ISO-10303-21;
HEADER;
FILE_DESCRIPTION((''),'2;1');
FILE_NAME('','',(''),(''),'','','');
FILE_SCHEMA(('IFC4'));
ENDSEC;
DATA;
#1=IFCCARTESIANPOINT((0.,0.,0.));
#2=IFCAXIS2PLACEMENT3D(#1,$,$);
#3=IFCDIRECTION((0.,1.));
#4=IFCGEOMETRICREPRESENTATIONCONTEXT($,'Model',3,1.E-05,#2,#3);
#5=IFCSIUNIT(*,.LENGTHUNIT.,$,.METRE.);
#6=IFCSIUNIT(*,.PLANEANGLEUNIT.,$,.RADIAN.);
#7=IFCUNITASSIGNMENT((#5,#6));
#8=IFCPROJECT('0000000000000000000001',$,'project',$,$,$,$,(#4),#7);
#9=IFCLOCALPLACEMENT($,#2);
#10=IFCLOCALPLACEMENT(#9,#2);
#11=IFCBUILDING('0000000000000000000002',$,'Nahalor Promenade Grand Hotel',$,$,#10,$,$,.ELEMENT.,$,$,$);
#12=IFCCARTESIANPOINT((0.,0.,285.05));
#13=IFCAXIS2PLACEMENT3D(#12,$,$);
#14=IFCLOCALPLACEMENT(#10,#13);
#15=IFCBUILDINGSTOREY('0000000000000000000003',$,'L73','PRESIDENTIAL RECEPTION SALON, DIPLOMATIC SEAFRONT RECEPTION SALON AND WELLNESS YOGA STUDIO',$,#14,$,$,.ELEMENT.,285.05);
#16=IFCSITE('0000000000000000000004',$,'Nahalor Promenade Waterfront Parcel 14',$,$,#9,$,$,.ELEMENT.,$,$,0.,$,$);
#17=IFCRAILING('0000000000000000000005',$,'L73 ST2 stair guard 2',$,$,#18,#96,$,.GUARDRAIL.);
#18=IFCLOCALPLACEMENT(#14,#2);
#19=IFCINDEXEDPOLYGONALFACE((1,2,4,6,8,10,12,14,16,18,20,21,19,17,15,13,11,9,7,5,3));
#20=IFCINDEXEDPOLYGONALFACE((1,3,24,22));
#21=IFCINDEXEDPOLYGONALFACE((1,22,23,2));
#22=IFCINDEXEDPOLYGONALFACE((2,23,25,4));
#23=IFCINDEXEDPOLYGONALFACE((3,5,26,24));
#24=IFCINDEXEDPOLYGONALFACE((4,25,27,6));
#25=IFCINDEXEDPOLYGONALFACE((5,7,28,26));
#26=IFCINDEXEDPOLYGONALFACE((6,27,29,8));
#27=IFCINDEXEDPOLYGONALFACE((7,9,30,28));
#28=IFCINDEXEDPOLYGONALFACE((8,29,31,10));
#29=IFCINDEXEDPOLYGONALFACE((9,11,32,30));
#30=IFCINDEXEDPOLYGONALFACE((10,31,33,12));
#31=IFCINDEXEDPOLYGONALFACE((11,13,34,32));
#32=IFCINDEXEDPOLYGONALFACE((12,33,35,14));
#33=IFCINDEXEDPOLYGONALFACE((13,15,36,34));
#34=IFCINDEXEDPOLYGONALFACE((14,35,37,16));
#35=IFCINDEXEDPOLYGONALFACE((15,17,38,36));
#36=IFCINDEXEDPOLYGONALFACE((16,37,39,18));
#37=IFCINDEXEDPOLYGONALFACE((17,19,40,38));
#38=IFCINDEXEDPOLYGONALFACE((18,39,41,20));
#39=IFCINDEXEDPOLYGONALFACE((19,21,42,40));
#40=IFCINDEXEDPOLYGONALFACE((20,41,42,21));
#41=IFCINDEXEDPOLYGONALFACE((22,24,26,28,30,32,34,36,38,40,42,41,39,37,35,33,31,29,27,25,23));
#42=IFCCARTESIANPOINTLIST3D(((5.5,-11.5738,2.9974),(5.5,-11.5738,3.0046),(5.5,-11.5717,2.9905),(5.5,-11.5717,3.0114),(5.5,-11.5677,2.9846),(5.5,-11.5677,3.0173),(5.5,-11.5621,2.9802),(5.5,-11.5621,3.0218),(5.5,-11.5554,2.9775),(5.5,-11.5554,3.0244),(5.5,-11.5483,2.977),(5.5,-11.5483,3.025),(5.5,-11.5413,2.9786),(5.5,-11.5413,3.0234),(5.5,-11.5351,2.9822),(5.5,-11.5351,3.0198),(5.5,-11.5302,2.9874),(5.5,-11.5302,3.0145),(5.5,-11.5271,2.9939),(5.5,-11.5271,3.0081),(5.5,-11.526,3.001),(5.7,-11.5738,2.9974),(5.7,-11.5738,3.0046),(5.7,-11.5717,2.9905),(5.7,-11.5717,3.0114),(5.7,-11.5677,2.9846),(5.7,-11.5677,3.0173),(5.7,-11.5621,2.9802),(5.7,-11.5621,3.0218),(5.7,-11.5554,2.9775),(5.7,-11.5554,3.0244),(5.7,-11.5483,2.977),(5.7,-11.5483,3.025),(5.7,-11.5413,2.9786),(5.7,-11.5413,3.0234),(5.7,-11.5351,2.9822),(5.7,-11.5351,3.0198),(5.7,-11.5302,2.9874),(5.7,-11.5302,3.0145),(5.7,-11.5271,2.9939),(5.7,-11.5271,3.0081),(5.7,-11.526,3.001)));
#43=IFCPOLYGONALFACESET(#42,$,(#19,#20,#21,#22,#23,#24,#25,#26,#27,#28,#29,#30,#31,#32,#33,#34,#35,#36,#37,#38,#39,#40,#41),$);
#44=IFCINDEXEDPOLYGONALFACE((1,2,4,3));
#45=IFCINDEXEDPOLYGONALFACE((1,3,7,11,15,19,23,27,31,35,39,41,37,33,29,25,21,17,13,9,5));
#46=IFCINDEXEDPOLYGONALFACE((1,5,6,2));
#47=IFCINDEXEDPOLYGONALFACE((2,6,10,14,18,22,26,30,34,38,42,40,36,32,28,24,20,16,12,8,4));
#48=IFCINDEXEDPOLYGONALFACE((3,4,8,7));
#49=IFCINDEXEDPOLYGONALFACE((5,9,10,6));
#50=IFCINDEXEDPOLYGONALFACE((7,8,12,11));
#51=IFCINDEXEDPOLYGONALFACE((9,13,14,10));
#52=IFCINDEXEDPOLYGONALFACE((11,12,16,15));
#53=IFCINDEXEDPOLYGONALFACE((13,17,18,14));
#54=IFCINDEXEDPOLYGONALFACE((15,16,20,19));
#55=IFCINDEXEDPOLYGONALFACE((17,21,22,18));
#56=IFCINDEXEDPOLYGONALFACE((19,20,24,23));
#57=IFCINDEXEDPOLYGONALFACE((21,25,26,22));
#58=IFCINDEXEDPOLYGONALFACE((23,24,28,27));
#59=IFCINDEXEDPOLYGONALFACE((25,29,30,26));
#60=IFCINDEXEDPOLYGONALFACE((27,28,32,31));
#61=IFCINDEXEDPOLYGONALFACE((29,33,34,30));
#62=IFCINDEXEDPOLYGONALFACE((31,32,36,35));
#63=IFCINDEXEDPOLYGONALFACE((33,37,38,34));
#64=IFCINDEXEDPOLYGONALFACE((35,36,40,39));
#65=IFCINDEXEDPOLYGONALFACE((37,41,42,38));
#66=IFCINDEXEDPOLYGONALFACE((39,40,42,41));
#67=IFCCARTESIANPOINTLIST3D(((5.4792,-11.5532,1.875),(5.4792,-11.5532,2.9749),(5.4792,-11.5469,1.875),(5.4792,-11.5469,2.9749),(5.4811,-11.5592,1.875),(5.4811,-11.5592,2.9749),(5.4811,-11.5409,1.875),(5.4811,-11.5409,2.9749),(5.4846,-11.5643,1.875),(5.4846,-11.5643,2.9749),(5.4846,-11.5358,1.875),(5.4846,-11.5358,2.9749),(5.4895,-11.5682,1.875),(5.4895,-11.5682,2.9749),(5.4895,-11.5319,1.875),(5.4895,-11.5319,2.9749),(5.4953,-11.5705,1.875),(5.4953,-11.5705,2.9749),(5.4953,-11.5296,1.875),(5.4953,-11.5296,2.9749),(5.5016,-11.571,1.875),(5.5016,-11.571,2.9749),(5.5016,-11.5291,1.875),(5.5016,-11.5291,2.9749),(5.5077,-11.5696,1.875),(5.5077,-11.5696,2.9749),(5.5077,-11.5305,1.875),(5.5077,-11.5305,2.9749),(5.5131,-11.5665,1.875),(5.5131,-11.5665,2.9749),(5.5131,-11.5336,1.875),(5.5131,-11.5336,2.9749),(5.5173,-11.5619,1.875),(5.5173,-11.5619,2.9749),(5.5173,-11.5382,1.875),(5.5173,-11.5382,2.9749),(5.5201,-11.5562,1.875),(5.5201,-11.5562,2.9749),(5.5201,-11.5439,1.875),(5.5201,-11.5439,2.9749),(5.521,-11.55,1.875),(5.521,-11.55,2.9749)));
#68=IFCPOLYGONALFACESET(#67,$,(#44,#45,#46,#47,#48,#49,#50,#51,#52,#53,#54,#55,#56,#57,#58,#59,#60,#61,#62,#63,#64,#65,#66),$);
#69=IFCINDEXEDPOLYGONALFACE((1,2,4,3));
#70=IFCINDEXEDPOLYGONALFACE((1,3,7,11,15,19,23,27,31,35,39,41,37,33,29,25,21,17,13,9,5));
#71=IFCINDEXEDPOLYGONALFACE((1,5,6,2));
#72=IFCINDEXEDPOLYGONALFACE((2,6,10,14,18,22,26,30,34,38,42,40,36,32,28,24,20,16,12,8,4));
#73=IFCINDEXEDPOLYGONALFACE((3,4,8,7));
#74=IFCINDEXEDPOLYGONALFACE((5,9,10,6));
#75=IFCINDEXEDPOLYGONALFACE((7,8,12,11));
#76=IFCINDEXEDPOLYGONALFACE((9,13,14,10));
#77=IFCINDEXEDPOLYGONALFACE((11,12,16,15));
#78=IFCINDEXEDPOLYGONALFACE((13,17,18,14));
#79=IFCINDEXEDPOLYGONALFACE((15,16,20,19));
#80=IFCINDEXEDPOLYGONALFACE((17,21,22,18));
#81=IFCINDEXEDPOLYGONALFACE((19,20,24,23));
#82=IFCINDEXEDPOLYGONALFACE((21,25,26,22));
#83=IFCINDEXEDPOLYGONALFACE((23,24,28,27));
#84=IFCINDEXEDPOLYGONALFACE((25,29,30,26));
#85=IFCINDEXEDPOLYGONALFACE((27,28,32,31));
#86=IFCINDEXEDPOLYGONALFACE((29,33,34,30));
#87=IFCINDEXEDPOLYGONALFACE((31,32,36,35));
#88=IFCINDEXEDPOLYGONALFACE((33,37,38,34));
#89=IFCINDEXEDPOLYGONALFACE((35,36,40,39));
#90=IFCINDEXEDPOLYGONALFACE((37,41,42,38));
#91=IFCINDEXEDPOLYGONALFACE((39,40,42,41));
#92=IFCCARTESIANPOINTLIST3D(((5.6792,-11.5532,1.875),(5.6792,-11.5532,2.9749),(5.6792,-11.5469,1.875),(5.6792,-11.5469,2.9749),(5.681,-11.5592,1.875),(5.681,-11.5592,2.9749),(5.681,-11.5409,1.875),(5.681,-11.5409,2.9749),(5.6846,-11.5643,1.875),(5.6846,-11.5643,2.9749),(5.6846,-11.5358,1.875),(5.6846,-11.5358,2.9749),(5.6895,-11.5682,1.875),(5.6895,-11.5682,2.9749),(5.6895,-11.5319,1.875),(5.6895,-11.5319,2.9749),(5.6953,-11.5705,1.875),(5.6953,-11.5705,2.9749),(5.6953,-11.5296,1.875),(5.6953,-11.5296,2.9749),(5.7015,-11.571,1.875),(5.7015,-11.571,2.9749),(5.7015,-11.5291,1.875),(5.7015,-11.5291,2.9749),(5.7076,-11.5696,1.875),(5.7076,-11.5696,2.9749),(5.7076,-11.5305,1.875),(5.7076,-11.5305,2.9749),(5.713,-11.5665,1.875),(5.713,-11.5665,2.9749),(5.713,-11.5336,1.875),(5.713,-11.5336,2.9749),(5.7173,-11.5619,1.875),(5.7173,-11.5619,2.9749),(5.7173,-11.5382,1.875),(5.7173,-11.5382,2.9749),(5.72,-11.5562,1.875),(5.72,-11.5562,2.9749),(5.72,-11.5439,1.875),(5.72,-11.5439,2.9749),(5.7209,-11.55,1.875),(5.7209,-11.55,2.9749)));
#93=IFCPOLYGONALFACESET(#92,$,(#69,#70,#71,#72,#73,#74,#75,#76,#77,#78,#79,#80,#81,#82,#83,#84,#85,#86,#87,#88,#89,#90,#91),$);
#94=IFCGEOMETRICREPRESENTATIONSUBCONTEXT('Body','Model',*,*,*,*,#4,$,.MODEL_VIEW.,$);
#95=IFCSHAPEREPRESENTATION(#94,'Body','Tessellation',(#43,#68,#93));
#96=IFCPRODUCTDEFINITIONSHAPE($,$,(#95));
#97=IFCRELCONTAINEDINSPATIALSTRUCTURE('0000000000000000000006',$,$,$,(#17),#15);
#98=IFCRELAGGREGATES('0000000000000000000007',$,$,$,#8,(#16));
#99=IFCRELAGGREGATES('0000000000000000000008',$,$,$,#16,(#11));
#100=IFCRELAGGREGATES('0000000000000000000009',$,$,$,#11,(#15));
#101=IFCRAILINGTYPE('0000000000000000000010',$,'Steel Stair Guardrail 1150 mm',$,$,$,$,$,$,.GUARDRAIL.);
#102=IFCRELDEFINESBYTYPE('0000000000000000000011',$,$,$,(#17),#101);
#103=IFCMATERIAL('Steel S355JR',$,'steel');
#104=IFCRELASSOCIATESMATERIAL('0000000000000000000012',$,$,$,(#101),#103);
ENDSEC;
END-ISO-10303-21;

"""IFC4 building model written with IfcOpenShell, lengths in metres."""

from ifc_helpers import new_model, si_unit, direction, frame, origin, origin_2d, place, context, subcontext, project, spatial, circle, extrude, material, type_object, element, save


model = new_model("IFC4")

# Units and contexts
model_context = context("Model", 3, precision=1e-05, world=origin(), true_north=direction((0.0, 1.0)))
body_context = subcontext(model_context, "Body", "Model", "MODEL_VIEW")
ifc_project = project(units=[si_unit("LENGTHUNIT", "METRE"), si_unit("PLANEANGLEUNIT", "RADIAN")], contexts=[model_context])

# Site, building, storey
site_placement = place(None, origin())
site = spatial("IfcSite", under=ifc_project, at=site_placement, Name="Nahalor Promenade Waterfront Parcel 14", CompositionType="ELEMENT", RefElevation=0.0)
building_placement = place(site_placement, origin())
building = spatial("IfcBuilding", under=site, at=building_placement, Name="Nahalor Promenade Grand Hotel", CompositionType="ELEMENT")
storey_placement = place(building_placement, frame((0.0, 0.0, 285.05)))
storey = spatial("IfcBuildingStorey", under=building, at=storey_placement, Name="L73", Description="PRESIDENTIAL RECEPTION SALON, DIPLOMATIC SEAFRONT RECEPTION SALON AND WELLNESS YOGA STUDIO", CompositionType="ELEMENT", Elevation=285.05)

# Shared definitions
ifc_material_1 = material(Name="Steel S355JR", Category="steel")

# Railing
railing_type_1 = type_object("IfcRailingType", Name="Steel Stair Guardrail 1150 mm", PredefinedType="GUARDRAIL", material=ifc_material_1)
railing_1_placement = place(storey_placement, frame((5.5, -11.55, 1.875)))
element("IfcRailing", 1, at=railing_1_placement, inside=storey, type_object=railing_type_1, Name="L73 ST2 stair guard 2", PredefinedType="GUARDRAIL", context=body_context, shape_type="SweptSolid", body=[
    extrude(circle(Radius=0.024, at=origin_2d()), frame((0.0, 0.0, 1.126), z_axis=(1.0, 0.0, 0.0), x_axis=(0.0, 1.0, 0.0)), (0.0, 0.0, 1.0), 0.2),
    extrude(circle(Radius=0.021, at=origin_2d()), origin(), (0.0, 0.0, 1.0), 1.0999),
    extrude(circle(Radius=0.021, at=origin_2d()), frame((0.2, 0.0, 0.0)), (0.0, 0.0, 1.0), 1.0999),
])

save(model, "model.ifc")
